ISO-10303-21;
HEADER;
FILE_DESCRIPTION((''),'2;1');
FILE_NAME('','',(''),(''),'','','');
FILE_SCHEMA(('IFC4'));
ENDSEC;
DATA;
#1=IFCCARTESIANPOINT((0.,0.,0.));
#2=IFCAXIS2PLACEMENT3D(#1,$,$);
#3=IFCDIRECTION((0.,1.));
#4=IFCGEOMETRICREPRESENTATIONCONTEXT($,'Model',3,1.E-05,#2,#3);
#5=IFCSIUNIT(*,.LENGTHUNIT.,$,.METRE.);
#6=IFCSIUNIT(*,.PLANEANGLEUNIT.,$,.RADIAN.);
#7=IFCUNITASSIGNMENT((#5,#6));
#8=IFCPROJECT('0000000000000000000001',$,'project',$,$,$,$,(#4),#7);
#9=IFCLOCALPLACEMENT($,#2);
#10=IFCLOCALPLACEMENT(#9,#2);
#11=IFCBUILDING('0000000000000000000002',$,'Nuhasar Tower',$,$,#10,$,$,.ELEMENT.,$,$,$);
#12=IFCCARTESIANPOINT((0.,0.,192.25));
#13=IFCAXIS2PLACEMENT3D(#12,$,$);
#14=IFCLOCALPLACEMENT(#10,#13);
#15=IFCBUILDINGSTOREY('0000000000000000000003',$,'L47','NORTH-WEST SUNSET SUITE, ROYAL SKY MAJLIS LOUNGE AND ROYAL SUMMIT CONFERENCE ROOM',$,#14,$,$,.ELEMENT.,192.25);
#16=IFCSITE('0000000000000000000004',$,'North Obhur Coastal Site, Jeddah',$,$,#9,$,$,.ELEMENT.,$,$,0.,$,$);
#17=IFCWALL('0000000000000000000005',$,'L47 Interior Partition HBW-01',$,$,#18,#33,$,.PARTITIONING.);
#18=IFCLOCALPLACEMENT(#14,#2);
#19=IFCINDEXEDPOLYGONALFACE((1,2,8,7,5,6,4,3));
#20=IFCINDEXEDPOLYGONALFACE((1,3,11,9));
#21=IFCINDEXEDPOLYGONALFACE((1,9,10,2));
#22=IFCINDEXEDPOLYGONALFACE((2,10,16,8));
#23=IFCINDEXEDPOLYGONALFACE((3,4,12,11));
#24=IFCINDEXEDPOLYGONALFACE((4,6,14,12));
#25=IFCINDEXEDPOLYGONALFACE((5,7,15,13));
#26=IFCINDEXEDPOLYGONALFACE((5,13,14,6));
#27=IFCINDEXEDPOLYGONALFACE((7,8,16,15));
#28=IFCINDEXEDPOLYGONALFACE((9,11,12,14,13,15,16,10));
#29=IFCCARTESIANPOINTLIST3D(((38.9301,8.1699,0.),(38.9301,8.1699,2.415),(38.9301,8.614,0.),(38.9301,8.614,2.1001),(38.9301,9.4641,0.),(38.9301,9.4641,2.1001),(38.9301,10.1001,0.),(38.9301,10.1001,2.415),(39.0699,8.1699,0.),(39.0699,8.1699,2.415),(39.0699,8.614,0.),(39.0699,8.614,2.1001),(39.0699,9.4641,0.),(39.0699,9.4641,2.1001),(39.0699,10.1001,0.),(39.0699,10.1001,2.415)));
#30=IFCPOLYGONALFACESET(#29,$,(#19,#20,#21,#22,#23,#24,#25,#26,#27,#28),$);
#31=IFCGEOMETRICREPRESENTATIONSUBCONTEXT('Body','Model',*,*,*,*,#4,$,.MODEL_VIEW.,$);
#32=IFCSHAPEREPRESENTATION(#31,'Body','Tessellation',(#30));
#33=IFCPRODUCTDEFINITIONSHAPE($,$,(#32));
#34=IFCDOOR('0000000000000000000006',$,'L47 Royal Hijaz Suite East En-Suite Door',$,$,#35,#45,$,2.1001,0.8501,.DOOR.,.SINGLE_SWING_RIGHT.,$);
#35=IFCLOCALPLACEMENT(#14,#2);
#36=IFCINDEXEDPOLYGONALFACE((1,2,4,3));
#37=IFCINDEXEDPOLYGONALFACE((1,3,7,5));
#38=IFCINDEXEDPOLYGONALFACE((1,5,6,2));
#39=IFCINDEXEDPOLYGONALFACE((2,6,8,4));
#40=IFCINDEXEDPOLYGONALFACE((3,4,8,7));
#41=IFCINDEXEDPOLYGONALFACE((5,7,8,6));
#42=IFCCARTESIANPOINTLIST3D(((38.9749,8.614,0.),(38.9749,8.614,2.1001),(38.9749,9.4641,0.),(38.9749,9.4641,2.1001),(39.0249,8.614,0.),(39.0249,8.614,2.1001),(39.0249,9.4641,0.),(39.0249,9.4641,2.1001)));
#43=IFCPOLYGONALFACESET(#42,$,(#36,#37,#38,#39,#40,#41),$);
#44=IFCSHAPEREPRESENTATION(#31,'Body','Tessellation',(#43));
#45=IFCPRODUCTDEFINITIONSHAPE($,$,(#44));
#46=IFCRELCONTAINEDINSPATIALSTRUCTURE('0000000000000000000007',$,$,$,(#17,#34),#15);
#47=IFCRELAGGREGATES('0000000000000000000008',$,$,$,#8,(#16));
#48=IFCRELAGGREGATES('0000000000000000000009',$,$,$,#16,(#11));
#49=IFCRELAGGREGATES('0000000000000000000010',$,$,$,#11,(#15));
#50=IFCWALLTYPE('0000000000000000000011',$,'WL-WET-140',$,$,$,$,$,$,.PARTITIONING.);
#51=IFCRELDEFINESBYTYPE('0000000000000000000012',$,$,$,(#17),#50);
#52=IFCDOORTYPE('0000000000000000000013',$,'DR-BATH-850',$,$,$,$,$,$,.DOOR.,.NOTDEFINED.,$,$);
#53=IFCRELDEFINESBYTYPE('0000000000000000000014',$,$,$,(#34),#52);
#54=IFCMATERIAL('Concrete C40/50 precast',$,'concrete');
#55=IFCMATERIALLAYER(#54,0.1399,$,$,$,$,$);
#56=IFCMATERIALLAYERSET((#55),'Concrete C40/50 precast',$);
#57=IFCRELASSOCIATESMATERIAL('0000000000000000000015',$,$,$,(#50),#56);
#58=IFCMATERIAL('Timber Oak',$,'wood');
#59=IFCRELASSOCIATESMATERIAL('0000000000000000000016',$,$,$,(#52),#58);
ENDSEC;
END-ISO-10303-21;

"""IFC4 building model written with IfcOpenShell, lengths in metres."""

from ifc_helpers import new_model, si_unit, direction, frame, frame_2d, origin, place, context, subcontext, project, spatial, rectangle, extrude, material, layer, layer_set, type_object, element, fill, save


model = new_model("IFC4")

# Units and contexts
model_context = context("Model", 3, precision=1e-05, world=origin(), true_north=direction((0.0, 1.0)))
body_context = subcontext(model_context, "Body", "Model", "MODEL_VIEW")
ifc_project = project(units=[si_unit("LENGTHUNIT", "METRE"), si_unit("PLANEANGLEUNIT", "RADIAN")], contexts=[model_context])

# Site, building, storey
site_placement = place(None, origin())
site = spatial("IfcSite", under=ifc_project, at=site_placement, Name="North Obhur Coastal Site, Jeddah", CompositionType="ELEMENT", RefElevation=0.0)
building_placement = place(site_placement, origin())
building = spatial("IfcBuilding", under=site, at=building_placement, Name="Nuhasar Tower", CompositionType="ELEMENT")
storey_placement = place(building_placement, frame((0.0, 0.0, 192.25)))
storey = spatial("IfcBuildingStorey", under=building, at=storey_placement, Name="L47", Description="NORTH-WEST SUNSET SUITE, ROYAL SKY MAJLIS LOUNGE AND ROYAL SUMMIT CONFERENCE ROOM", CompositionType="ELEMENT", Elevation=192.25)

# Shared definitions
ifc_material_1 = material(Name="Timber Oak", Category="wood")

# Wall, opening, door
ifc_material_2 = material(Name="Concrete C40/50 precast", Category="concrete")
ifc_layer_1 = layer(ifc_material_2, 0.1399)
ifc_layer_set_1 = layer_set([ifc_layer_1], Name="Concrete C40/50 precast")
wall_type_1 = type_object("IfcWallType", Name="WL-WET-140", PredefinedType="PARTITIONING", material=ifc_layer_set_1)
wall_1_placement = place(storey_placement, frame((39.0, 10.1001, 0.0), z_axis=(0.0, 0.0, 1.0), x_axis=(0.0, -1.0, 0.0)))
wall_1 = element("IfcWall", 1, at=wall_1_placement, inside=storey, type_object=wall_type_1, Name="L47 Interior Partition HBW-01", PredefinedType="PARTITIONING", context=body_context, shape_type="SweptSolid", body=[
    extrude(rectangle(XDim=1.9302, YDim=0.1399, at=frame_2d((0.9651, 0.0))), origin(), (0.0, 0.0, 1.0), 2.415),
])
opening_1_placement = place(wall_1_placement, frame((0.636, 0.0, 0.0)))
opening_1 = element("IfcOpeningElement", 2, at=opening_1_placement, cuts=wall_1, PredefinedType="OPENING", context=body_context, shape_type="SweptSolid", body=[
    extrude(rectangle(XDim=0.8501, YDim=2.1001, at=frame_2d((0.425, 1.05))), frame((0.0, 0.0801, 0.0), z_axis=(0.0, -1.0, 0.0), x_axis=(1.0, 0.0, 0.0)), (0.0, 0.0, 1.0), 0.1599),
])
door_type_1 = type_object("IfcDoorType", Name="DR-BATH-850", OperationType="NOTDEFINED", PredefinedType="DOOR", material=ifc_material_1)
door_1_placement = place(opening_1_placement, origin())
door_1 = element("IfcDoor", 3, at=door_1_placement, inside=storey, type_object=door_type_1, Name="L47 Royal Hijaz Suite East En-Suite Door", OperationType="SINGLE_SWING_RIGHT", OverallHeight=2.1001, OverallWidth=0.8501, PredefinedType="DOOR", context=body_context, shape_type="SweptSolid", body=[
    extrude(rectangle(XDim=0.8501, YDim=2.1001, at=frame_2d((0.425, 1.05))), frame((0.0, 0.0249, 0.0), z_axis=(0.0, -1.0, 0.0), x_axis=(1.0, 0.0, 0.0)), (0.0, 0.0, 1.0), 0.05),
])
fill(opening_1, door_1)

save(model, "model.ifc")
